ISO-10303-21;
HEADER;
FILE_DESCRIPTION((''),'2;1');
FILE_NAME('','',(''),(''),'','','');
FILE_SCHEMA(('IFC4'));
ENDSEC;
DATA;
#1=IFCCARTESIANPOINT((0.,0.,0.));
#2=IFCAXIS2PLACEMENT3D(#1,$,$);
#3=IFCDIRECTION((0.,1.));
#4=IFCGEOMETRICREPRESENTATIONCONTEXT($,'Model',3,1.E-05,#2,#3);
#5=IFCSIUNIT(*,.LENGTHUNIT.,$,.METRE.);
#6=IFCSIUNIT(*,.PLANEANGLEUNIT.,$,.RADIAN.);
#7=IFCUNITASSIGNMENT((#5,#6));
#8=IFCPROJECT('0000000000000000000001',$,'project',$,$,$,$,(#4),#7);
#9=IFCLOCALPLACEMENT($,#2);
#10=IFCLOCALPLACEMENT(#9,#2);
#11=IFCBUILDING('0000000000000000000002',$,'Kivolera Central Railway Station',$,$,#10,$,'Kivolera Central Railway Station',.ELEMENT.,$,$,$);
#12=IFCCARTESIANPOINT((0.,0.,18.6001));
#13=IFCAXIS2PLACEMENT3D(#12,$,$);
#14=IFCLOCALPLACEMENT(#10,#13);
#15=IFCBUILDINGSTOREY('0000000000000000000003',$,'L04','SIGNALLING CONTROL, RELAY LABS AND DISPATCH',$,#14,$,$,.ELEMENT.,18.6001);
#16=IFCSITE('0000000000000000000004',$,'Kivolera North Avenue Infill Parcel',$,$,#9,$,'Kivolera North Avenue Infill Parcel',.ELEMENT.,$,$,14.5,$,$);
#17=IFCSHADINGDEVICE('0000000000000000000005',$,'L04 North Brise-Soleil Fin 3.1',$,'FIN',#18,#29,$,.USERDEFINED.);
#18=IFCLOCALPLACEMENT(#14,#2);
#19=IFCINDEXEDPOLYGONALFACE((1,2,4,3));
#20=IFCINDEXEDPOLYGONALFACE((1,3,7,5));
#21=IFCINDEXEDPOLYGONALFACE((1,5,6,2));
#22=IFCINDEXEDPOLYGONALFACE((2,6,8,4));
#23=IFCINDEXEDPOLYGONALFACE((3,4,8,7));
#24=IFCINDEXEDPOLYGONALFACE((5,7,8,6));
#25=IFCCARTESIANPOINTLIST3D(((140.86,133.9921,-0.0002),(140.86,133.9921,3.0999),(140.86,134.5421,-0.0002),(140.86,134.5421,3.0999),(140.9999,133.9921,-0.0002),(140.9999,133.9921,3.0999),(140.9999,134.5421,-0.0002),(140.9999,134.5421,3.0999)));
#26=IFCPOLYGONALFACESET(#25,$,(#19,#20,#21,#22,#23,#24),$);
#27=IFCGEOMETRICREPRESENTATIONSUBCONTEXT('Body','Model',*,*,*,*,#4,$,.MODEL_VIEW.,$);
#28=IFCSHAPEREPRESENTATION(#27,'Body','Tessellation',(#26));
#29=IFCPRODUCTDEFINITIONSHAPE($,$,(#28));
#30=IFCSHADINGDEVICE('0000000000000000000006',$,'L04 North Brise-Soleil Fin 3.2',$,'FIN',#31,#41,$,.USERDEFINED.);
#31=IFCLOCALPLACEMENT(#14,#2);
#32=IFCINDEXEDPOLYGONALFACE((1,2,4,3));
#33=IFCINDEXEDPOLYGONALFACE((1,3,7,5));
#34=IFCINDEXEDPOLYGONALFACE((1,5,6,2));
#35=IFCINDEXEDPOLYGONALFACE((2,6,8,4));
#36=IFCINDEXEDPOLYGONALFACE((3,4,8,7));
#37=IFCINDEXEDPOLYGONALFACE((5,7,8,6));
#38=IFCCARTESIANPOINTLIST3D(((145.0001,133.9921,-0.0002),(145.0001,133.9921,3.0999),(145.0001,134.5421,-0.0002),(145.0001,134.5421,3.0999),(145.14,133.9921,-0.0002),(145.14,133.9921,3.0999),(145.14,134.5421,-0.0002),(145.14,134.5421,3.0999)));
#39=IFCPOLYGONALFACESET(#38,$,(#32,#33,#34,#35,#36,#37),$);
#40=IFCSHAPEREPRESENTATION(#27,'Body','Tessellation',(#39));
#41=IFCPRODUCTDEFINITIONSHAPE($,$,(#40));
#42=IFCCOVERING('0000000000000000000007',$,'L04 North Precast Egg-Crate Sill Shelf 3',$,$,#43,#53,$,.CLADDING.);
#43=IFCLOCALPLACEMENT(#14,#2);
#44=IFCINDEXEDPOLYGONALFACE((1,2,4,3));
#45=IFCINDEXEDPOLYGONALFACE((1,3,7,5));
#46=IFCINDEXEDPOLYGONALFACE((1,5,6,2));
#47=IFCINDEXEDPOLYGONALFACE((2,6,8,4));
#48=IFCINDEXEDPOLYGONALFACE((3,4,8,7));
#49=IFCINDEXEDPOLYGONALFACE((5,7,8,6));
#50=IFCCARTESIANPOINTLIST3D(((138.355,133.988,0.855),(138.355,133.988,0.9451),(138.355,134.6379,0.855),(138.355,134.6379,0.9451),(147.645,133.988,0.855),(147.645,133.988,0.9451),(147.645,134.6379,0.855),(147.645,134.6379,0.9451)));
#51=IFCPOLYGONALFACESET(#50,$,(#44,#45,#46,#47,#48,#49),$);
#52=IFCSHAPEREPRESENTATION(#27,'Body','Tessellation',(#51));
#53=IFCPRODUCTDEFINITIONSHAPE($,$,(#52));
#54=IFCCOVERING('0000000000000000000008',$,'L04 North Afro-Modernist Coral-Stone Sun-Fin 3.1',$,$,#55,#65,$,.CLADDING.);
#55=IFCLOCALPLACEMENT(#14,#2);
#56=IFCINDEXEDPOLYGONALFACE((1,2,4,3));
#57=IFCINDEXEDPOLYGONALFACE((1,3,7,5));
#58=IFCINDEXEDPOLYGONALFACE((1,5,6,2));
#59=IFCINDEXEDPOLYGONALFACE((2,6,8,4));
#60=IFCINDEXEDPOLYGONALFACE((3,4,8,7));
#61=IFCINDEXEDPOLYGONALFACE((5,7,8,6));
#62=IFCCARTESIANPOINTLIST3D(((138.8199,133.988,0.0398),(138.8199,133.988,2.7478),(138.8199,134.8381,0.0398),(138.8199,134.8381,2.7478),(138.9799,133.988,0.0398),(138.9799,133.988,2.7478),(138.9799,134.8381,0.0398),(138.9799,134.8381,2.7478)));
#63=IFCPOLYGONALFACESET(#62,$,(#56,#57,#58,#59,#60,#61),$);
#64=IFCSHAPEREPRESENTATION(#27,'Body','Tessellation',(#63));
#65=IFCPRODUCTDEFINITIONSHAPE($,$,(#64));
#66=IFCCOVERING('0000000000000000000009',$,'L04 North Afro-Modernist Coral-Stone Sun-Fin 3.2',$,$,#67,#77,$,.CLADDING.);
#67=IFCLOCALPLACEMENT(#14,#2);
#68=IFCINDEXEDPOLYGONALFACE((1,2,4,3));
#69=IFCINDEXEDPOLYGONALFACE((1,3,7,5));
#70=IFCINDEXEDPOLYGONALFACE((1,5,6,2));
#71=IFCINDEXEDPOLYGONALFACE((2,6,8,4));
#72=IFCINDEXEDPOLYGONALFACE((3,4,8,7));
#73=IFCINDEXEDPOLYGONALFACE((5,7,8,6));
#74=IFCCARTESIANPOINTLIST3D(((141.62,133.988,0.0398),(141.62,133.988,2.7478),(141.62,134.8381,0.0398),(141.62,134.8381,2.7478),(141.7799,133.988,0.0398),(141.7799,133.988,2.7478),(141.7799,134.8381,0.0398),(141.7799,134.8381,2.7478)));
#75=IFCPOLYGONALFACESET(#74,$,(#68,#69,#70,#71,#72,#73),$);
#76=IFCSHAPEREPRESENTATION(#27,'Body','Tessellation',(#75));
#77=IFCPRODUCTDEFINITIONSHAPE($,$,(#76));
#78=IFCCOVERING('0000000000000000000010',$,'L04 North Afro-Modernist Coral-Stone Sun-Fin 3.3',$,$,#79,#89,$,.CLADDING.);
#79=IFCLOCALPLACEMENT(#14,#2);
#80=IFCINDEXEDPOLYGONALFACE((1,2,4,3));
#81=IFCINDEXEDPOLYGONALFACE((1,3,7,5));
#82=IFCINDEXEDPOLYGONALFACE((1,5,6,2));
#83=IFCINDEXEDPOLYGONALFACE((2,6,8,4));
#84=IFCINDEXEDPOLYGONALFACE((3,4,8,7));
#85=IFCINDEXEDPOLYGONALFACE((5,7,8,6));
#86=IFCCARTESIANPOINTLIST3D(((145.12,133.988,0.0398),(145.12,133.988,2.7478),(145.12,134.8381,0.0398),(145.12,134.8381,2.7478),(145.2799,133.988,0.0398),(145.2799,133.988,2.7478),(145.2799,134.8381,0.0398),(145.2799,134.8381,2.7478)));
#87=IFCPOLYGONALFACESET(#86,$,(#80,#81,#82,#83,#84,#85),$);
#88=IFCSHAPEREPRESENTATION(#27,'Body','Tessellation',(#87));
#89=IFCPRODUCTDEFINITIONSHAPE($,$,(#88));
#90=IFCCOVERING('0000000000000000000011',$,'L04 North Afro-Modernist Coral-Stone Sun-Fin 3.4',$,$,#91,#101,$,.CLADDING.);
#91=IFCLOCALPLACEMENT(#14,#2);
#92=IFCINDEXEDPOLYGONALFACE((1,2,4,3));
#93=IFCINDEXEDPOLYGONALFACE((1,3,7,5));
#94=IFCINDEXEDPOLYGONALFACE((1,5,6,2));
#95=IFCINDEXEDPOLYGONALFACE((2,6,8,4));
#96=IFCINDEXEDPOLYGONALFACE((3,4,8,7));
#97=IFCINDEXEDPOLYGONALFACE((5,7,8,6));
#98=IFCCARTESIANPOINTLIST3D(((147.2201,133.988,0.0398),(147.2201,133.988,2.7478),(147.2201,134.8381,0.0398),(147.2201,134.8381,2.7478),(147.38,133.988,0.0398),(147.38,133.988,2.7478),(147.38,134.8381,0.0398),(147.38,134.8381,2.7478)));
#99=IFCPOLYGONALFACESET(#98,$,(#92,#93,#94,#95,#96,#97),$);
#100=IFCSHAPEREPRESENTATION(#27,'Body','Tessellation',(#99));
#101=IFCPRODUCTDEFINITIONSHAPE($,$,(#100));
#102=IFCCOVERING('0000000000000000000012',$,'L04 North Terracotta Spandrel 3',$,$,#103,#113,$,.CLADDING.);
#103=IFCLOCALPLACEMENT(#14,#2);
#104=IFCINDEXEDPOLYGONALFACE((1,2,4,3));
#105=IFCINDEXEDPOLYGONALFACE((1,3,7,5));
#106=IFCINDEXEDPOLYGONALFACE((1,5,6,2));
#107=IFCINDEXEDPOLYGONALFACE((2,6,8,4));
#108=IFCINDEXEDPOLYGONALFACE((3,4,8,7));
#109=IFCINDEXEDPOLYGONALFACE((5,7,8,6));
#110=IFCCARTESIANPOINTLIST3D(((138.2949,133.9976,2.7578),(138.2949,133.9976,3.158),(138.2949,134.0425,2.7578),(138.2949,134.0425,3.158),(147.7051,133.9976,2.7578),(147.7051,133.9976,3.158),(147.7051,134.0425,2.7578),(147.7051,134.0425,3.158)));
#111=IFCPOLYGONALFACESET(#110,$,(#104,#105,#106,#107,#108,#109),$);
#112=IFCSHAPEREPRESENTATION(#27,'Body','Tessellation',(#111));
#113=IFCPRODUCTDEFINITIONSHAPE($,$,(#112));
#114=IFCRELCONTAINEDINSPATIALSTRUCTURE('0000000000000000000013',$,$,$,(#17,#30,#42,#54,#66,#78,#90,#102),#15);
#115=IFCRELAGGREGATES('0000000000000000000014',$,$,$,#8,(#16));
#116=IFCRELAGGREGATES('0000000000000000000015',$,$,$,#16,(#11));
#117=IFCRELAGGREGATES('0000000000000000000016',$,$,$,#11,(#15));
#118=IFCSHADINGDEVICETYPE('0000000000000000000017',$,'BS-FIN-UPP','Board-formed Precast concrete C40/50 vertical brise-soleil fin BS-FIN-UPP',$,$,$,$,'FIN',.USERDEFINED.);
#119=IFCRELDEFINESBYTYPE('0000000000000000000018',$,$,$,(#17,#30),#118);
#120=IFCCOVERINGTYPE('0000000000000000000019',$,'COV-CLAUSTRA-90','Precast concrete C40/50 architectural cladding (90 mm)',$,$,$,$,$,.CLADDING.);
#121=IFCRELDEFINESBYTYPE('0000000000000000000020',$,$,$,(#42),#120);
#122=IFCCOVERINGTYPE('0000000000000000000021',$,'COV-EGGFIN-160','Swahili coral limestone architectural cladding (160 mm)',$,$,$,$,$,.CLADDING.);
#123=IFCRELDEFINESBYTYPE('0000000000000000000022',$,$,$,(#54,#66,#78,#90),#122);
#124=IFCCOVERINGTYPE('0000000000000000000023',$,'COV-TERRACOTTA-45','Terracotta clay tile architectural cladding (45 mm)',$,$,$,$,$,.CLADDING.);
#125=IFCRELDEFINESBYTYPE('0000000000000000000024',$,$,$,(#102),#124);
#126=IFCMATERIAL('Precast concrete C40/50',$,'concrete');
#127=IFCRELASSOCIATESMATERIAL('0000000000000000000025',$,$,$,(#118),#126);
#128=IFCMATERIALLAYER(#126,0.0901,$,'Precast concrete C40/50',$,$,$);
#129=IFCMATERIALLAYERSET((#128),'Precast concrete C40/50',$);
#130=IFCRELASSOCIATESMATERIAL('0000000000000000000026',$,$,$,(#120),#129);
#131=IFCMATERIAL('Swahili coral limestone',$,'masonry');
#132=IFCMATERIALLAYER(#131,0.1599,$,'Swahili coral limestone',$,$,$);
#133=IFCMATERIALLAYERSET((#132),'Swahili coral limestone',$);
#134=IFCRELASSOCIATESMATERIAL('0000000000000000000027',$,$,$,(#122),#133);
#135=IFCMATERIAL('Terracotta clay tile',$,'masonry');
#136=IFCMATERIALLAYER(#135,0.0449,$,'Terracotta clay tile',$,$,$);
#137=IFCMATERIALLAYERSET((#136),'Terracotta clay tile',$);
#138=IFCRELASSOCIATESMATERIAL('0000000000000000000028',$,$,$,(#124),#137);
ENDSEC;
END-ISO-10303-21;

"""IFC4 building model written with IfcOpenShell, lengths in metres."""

from ifc_helpers import new_model, si_unit, direction, frame, frame_2d, origin, origin_2d, place, context, subcontext, project, spatial, rectangle, extrude, material, layer, layer_set, type_object, element, save


model = new_model("IFC4")

# Units and contexts
model_context = context("Model", 3, precision=1e-05, world=origin(), true_north=direction((0.0, 1.0)))
body_context = subcontext(model_context, "Body", "Model", "MODEL_VIEW")
ifc_project = project(units=[si_unit("LENGTHUNIT", "METRE"), si_unit("PLANEANGLEUNIT", "RADIAN")], contexts=[model_context])

# Site, building, storey
site_placement = place(None, origin())
site = spatial("IfcSite", under=ifc_project, at=site_placement, Name="Kivolera North Avenue Infill Parcel", LongName="Kivolera North Avenue Infill Parcel", CompositionType="ELEMENT", RefElevation=14.5)
building_placement = place(site_placement, origin())
building = spatial("IfcBuilding", under=site, at=building_placement, Name="Kivolera Central Railway Station", LongName="Kivolera Central Railway Station", CompositionType="ELEMENT")
storey_placement = place(building_placement, frame((0.0, 0.0, 18.6001)))
storey = spatial("IfcBuildingStorey", under=building, at=storey_placement, Name="L04", Description="SIGNALLING CONTROL, RELAY LABS AND DISPATCH", CompositionType="ELEMENT", Elevation=18.6001)

# Shared definitions
ifc_material_1 = material(Name="Swahili coral limestone", Category="masonry")

# Shading devices
ifc_material_2 = material(Name="Precast concrete C40/50", Category="concrete")
shading_device_type = type_object("IfcShadingDeviceType", Name="BS-FIN-UPP", Description="Board-formed Precast concrete C40/50 vertical brise-soleil fin BS-FIN-UPP", ElementType="FIN", PredefinedType="USERDEFINED", material=ifc_material_2)
for number, where, z_axis, x_axis, name in (
    (1, (140.9299, 134.2671, -0.0002), (0.0, 0.0, 1.0), (1.0, 0.0, 0.0), "L04 North Brise-Soleil Fin 3.1"),
    (2, (145.0701, 134.2671, -0.0002), (0.0, 0.0, 1.0), (1.0, 0.0, 0.0), "L04 North Brise-Soleil Fin 3.2"),
):
    element("IfcShadingDevice", number, at=place(storey_placement, frame(where, z_axis=z_axis, x_axis=x_axis)), inside=storey, type_object=shading_device_type, Name=name, ObjectType="FIN", PredefinedType="USERDEFINED", context=body_context, shape_type="SweptSolid", body=[
        extrude(rectangle(XDim=0.1399, YDim=0.55, at=origin_2d()), origin(), (0.0, 0.0, 1.0), 3.1001),
    ])

# Coverings
ifc_layer_1 = layer(ifc_material_2, 0.0901, Name="Precast concrete C40/50")
ifc_layer_set_1 = layer_set([ifc_layer_1], Name="Precast concrete C40/50")
covering_type_1 = type_object("IfcCoveringType", Name="COV-CLAUSTRA-90", Description="Precast concrete C40/50 architectural cladding (90 mm)", PredefinedType="CLADDING", material=ifc_layer_set_1)
covering_1_placement = place(storey_placement, frame((143.0, 134.313, 0.855), z_axis=(0.0, 0.0, 1.0), x_axis=(1.0, 0.0, 0.0)))
element("IfcCovering", 3, at=covering_1_placement, inside=storey, type_object=covering_type_1, Name="L04 North Precast Egg-Crate Sill Shelf 3", PredefinedType="CLADDING", context=body_context, shape_type="SweptSolid", body=[
    extrude(rectangle(XDim=9.29, YDim=0.6499, at=origin_2d()), origin(), (0.0, 0.0, 1.0), 0.0901),
])
ifc_layer_2 = layer(ifc_material_1, 0.1599, Name="Swahili coral limestone")
ifc_layer_set_2 = layer_set([ifc_layer_2], Name="Swahili coral limestone")
covering_type_2 = type_object("IfcCoveringType", Name="COV-EGGFIN-160", Description="Swahili coral limestone architectural cladding (160 mm)", PredefinedType="CLADDING", material=ifc_layer_set_2)
for number, where, z_axis, x_axis, name in (
    (4, (138.8999, 134.4131, 0.0398), (0.0, 0.0, 1.0), (1.0, 0.0, 0.0), "L04 North Afro-Modernist Coral-Stone Sun-Fin 3.1"),
    (5, (141.7, 134.4131, 0.0398), (0.0, 0.0, 1.0), (1.0, 0.0, 0.0), "L04 North Afro-Modernist Coral-Stone Sun-Fin 3.2"),
    (6, (145.2, 134.4131, 0.0398), (0.0, 0.0, 1.0), (1.0, 0.0, 0.0), "L04 North Afro-Modernist Coral-Stone Sun-Fin 3.3"),
    (7, (147.3, 134.4131, 0.0398), (0.0, 0.0, 1.0), (1.0, 0.0, 0.0), "L04 North Afro-Modernist Coral-Stone Sun-Fin 3.4"),
):
    element("IfcCovering", number, at=place(storey_placement, frame(where, z_axis=z_axis, x_axis=x_axis)), inside=storey, type_object=covering_type_2, Name=name, PredefinedType="CLADDING", context=body_context, shape_type="SweptSolid", body=[
        extrude(rectangle(XDim=0.1599, YDim=0.8501, at=origin_2d()), origin(), (0.0, 0.0, 1.0), 2.708),
    ])
ifc_material_3 = material(Name="Terracotta clay tile", Category="masonry")
ifc_layer_3 = layer(ifc_material_3, 0.0449, Name="Terracotta clay tile")
ifc_layer_set_3 = layer_set([ifc_layer_3], Name="Terracotta clay tile")
covering_type_3 = type_object("IfcCoveringType", Name="COV-TERRACOTTA-45", Description="Terracotta clay tile architectural cladding (45 mm)", PredefinedType="CLADDING", material=ifc_layer_set_3)
covering_2_placement = place(storey_placement, frame((138.2949, 134.02, 2.7578), z_axis=(0.0, 0.0, 1.0), x_axis=(1.0, 0.0, 0.0)))
element("IfcCovering", 8, at=covering_2_placement, inside=storey, type_object=covering_type_3, Name="L04 North Terracotta Spandrel 3", PredefinedType="CLADDING", context=body_context, shape_type="SweptSolid", body=[
    extrude(rectangle(XDim=9.4102, YDim=0.0449, at=frame_2d((4.7051, 0.0))), origin(), (0.0, 0.0, 1.0), 0.4001),
])

save(model, "model.ifc")
